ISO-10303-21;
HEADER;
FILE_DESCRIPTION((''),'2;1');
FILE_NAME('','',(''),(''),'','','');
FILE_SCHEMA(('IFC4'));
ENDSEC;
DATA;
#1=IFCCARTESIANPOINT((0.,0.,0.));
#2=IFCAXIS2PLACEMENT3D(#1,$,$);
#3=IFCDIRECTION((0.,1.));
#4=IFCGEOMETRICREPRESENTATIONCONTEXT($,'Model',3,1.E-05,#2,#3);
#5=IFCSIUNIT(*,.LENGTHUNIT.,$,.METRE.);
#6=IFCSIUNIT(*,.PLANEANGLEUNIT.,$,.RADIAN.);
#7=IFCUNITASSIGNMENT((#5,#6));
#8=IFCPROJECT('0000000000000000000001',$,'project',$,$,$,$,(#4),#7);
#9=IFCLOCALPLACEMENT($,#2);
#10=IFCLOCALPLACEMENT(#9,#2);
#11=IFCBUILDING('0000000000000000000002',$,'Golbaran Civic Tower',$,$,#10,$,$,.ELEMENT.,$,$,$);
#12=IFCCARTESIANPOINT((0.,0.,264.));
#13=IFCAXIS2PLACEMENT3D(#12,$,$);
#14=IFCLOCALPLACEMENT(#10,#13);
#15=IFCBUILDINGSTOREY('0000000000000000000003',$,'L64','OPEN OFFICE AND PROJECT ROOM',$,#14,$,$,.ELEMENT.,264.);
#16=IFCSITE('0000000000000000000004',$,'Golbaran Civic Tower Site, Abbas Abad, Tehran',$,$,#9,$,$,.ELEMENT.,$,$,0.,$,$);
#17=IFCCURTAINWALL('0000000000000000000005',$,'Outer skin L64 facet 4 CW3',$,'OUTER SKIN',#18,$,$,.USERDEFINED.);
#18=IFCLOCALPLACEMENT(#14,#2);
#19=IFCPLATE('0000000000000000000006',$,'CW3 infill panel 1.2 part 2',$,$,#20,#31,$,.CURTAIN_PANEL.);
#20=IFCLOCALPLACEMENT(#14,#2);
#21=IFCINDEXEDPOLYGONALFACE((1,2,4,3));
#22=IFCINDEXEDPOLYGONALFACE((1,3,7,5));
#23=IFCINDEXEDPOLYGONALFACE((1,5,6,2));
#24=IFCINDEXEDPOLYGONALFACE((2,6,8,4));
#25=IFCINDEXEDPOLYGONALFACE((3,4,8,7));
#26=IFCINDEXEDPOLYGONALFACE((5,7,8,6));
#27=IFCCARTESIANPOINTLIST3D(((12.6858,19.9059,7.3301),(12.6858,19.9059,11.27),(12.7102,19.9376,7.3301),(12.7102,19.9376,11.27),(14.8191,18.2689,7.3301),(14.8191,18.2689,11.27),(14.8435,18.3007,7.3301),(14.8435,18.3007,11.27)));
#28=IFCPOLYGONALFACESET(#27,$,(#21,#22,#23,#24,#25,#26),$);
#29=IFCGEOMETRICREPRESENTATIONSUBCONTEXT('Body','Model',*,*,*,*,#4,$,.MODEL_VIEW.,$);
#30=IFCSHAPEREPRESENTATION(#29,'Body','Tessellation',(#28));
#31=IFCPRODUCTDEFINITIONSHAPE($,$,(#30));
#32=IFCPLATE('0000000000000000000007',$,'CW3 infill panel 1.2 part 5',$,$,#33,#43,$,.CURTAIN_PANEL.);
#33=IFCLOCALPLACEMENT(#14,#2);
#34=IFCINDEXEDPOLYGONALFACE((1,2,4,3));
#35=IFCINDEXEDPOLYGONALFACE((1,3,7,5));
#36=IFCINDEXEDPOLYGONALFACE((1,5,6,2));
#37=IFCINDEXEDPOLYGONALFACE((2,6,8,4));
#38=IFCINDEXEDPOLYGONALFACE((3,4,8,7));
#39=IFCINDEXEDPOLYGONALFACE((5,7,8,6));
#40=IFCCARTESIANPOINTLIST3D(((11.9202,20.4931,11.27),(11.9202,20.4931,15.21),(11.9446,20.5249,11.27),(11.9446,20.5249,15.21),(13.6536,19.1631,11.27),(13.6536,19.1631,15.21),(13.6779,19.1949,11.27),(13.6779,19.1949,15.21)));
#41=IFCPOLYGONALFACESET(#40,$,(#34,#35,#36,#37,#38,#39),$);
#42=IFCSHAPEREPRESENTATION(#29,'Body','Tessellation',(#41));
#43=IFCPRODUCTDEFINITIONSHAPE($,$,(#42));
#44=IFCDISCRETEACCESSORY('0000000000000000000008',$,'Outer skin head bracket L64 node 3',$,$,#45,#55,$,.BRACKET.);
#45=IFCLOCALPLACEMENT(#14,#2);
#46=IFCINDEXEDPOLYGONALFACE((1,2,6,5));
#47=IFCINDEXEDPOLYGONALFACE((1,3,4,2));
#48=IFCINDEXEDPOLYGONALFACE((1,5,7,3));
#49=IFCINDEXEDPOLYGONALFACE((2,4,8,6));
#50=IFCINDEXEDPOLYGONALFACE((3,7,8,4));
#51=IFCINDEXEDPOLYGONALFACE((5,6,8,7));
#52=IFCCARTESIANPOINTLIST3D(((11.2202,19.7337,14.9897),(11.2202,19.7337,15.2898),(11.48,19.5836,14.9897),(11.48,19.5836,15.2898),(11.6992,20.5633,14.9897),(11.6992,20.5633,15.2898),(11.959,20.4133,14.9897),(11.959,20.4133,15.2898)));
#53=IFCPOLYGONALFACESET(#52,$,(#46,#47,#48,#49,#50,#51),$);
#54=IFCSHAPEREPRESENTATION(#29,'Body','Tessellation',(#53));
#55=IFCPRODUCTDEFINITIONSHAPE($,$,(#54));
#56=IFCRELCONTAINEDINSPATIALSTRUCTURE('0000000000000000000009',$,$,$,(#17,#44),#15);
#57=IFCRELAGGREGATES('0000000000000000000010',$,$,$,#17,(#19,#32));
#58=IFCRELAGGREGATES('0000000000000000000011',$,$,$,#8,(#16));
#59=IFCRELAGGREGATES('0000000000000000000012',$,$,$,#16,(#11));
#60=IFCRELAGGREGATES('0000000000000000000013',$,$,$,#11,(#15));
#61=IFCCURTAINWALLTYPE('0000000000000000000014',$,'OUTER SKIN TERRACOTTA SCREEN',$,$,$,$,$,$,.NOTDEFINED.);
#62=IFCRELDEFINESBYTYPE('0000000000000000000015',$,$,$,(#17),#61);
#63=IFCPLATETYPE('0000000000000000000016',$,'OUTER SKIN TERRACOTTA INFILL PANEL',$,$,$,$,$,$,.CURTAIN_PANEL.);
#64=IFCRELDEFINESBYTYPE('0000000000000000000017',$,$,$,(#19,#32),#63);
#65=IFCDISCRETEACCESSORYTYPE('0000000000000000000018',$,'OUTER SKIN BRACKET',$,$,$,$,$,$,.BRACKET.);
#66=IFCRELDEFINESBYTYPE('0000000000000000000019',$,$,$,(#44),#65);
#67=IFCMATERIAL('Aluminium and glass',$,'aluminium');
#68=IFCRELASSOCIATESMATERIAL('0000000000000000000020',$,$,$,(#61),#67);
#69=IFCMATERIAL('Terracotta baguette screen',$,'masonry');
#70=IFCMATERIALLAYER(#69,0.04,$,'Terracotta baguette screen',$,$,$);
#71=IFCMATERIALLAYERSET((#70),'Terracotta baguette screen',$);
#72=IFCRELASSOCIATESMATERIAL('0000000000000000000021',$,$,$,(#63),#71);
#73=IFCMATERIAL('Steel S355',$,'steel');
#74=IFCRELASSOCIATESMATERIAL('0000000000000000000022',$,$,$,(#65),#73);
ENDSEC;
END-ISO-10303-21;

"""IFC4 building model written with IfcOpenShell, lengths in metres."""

from ifc_helpers import new_model, si_unit, direction, frame, origin, origin_2d, place, context, subcontext, project, spatial, rectangle, extrude, material, layer, layer_set, type_object, element, aggregate, save


model = new_model("IFC4")

# Units and contexts
model_context = context("Model", 3, precision=1e-05, world=origin(), true_north=direction((0.0, 1.0)))
body_context = subcontext(model_context, "Body", "Model", "MODEL_VIEW")
ifc_project = project(units=[si_unit("LENGTHUNIT", "METRE"), si_unit("PLANEANGLEUNIT", "RADIAN")], contexts=[model_context])

# Site, building, storey
site_placement = place(None, origin())
site = spatial("IfcSite", under=ifc_project, at=site_placement, Name="Golbaran Civic Tower Site, Abbas Abad, Tehran", CompositionType="ELEMENT", RefElevation=0.0)
building_placement = place(site_placement, origin())
building = spatial("IfcBuilding", under=site, at=building_placement, Name="Golbaran Civic Tower", CompositionType="ELEMENT")
storey_placement = place(building_placement, frame((0.0, 0.0, 264.0)))
storey = spatial("IfcBuildingStorey", under=building, at=storey_placement, Name="L64", Description="OPEN OFFICE AND PROJECT ROOM", CompositionType="ELEMENT", Elevation=264.0)

# Shared definitions
ifc_material_1 = material(Name="Aluminium and glass", Category="aluminium")

# Curtain wall, plates
curtain_wall_type_1 = type_object("IfcCurtainWallType", Name="OUTER SKIN TERRACOTTA SCREEN", PredefinedType="NOTDEFINED", material=ifc_material_1)
curtain_wall_1_placement = place(storey_placement, origin())
curtain_wall_1 = element("IfcCurtainWall", 1, at=curtain_wall_1_placement, inside=storey, type_object=curtain_wall_type_1, Name="Outer skin L64 facet 4 CW3", ObjectType="OUTER SKIN", PredefinedType="USERDEFINED")
ifc_material_2 = material(Name="Terracotta baguette screen", Category="masonry")
ifc_layer_1 = layer(ifc_material_2, 0.04, Name="Terracotta baguette screen")
ifc_layer_set_1 = layer_set([ifc_layer_1], Name="Terracotta baguette screen")
plate_type_1 = type_object("IfcPlateType", Name="OUTER SKIN TERRACOTTA INFILL PANEL", PredefinedType="CURTAIN_PANEL", material=ifc_layer_set_1)
plate_1_placement = place(storey_placement, frame((13.7646, 19.1033, 7.3301), z_axis=(0.0, 0.0, 1.0), x_axis=(-0.793353, 0.608761, 0.0)))
plate_1 = element("IfcPlate", 2, at=plate_1_placement, type_object=plate_type_1, Name="CW3 infill panel 1.2 part 2", PredefinedType="CURTAIN_PANEL", context=body_context, shape_type="SweptSolid", body=[
    extrude(rectangle(XDim=2.689, YDim=0.04, at=origin_2d()), origin(), (0.0, 0.0, 1.0), 3.9399),
])
plate_2_placement = place(storey_placement, frame((12.7991, 19.844, 11.27), z_axis=(0.0, 0.0, 1.0), x_axis=(-0.793353, 0.608761, 0.0)))
plate_2 = element("IfcPlate", 3, at=plate_2_placement, type_object=plate_type_1, Name="CW3 infill panel 1.2 part 5", PredefinedType="CURTAIN_PANEL", context=body_context, shape_type="SweptSolid", body=[
    extrude(rectangle(XDim=2.1848, YDim=0.04, at=origin_2d()), origin(), (0.0, 0.0, 1.0), 3.9399),
])
aggregate(curtain_wall_1, [plate_1, plate_2])

# Discrete accessory
ifc_material_3 = material(Name="Steel S355", Category="steel")
discrete_accessory_type = type_object("IfcDiscreteAccessoryType", Name="OUTER SKIN BRACKET", PredefinedType="BRACKET", material=ifc_material_3)
discrete_accessory_placement = place(storey_placement, frame((11.5896, 20.0735, 14.9897), z_axis=(0.0, 0.0, 1.0), x_axis=(0.5, 0.866025, 0.0)))
element("IfcDiscreteAccessory", 4, at=discrete_accessory_placement, inside=storey, type_object=discrete_accessory_type, Name="Outer skin head bracket L64 node 3", PredefinedType="BRACKET", context=body_context, shape_type="SweptSolid", body=[
    extrude(rectangle(XDim=0.958, YDim=0.3, at=origin_2d()), origin(), (0.0, 0.0, 1.0), 0.3),
])

save(model, "model.ifc")
